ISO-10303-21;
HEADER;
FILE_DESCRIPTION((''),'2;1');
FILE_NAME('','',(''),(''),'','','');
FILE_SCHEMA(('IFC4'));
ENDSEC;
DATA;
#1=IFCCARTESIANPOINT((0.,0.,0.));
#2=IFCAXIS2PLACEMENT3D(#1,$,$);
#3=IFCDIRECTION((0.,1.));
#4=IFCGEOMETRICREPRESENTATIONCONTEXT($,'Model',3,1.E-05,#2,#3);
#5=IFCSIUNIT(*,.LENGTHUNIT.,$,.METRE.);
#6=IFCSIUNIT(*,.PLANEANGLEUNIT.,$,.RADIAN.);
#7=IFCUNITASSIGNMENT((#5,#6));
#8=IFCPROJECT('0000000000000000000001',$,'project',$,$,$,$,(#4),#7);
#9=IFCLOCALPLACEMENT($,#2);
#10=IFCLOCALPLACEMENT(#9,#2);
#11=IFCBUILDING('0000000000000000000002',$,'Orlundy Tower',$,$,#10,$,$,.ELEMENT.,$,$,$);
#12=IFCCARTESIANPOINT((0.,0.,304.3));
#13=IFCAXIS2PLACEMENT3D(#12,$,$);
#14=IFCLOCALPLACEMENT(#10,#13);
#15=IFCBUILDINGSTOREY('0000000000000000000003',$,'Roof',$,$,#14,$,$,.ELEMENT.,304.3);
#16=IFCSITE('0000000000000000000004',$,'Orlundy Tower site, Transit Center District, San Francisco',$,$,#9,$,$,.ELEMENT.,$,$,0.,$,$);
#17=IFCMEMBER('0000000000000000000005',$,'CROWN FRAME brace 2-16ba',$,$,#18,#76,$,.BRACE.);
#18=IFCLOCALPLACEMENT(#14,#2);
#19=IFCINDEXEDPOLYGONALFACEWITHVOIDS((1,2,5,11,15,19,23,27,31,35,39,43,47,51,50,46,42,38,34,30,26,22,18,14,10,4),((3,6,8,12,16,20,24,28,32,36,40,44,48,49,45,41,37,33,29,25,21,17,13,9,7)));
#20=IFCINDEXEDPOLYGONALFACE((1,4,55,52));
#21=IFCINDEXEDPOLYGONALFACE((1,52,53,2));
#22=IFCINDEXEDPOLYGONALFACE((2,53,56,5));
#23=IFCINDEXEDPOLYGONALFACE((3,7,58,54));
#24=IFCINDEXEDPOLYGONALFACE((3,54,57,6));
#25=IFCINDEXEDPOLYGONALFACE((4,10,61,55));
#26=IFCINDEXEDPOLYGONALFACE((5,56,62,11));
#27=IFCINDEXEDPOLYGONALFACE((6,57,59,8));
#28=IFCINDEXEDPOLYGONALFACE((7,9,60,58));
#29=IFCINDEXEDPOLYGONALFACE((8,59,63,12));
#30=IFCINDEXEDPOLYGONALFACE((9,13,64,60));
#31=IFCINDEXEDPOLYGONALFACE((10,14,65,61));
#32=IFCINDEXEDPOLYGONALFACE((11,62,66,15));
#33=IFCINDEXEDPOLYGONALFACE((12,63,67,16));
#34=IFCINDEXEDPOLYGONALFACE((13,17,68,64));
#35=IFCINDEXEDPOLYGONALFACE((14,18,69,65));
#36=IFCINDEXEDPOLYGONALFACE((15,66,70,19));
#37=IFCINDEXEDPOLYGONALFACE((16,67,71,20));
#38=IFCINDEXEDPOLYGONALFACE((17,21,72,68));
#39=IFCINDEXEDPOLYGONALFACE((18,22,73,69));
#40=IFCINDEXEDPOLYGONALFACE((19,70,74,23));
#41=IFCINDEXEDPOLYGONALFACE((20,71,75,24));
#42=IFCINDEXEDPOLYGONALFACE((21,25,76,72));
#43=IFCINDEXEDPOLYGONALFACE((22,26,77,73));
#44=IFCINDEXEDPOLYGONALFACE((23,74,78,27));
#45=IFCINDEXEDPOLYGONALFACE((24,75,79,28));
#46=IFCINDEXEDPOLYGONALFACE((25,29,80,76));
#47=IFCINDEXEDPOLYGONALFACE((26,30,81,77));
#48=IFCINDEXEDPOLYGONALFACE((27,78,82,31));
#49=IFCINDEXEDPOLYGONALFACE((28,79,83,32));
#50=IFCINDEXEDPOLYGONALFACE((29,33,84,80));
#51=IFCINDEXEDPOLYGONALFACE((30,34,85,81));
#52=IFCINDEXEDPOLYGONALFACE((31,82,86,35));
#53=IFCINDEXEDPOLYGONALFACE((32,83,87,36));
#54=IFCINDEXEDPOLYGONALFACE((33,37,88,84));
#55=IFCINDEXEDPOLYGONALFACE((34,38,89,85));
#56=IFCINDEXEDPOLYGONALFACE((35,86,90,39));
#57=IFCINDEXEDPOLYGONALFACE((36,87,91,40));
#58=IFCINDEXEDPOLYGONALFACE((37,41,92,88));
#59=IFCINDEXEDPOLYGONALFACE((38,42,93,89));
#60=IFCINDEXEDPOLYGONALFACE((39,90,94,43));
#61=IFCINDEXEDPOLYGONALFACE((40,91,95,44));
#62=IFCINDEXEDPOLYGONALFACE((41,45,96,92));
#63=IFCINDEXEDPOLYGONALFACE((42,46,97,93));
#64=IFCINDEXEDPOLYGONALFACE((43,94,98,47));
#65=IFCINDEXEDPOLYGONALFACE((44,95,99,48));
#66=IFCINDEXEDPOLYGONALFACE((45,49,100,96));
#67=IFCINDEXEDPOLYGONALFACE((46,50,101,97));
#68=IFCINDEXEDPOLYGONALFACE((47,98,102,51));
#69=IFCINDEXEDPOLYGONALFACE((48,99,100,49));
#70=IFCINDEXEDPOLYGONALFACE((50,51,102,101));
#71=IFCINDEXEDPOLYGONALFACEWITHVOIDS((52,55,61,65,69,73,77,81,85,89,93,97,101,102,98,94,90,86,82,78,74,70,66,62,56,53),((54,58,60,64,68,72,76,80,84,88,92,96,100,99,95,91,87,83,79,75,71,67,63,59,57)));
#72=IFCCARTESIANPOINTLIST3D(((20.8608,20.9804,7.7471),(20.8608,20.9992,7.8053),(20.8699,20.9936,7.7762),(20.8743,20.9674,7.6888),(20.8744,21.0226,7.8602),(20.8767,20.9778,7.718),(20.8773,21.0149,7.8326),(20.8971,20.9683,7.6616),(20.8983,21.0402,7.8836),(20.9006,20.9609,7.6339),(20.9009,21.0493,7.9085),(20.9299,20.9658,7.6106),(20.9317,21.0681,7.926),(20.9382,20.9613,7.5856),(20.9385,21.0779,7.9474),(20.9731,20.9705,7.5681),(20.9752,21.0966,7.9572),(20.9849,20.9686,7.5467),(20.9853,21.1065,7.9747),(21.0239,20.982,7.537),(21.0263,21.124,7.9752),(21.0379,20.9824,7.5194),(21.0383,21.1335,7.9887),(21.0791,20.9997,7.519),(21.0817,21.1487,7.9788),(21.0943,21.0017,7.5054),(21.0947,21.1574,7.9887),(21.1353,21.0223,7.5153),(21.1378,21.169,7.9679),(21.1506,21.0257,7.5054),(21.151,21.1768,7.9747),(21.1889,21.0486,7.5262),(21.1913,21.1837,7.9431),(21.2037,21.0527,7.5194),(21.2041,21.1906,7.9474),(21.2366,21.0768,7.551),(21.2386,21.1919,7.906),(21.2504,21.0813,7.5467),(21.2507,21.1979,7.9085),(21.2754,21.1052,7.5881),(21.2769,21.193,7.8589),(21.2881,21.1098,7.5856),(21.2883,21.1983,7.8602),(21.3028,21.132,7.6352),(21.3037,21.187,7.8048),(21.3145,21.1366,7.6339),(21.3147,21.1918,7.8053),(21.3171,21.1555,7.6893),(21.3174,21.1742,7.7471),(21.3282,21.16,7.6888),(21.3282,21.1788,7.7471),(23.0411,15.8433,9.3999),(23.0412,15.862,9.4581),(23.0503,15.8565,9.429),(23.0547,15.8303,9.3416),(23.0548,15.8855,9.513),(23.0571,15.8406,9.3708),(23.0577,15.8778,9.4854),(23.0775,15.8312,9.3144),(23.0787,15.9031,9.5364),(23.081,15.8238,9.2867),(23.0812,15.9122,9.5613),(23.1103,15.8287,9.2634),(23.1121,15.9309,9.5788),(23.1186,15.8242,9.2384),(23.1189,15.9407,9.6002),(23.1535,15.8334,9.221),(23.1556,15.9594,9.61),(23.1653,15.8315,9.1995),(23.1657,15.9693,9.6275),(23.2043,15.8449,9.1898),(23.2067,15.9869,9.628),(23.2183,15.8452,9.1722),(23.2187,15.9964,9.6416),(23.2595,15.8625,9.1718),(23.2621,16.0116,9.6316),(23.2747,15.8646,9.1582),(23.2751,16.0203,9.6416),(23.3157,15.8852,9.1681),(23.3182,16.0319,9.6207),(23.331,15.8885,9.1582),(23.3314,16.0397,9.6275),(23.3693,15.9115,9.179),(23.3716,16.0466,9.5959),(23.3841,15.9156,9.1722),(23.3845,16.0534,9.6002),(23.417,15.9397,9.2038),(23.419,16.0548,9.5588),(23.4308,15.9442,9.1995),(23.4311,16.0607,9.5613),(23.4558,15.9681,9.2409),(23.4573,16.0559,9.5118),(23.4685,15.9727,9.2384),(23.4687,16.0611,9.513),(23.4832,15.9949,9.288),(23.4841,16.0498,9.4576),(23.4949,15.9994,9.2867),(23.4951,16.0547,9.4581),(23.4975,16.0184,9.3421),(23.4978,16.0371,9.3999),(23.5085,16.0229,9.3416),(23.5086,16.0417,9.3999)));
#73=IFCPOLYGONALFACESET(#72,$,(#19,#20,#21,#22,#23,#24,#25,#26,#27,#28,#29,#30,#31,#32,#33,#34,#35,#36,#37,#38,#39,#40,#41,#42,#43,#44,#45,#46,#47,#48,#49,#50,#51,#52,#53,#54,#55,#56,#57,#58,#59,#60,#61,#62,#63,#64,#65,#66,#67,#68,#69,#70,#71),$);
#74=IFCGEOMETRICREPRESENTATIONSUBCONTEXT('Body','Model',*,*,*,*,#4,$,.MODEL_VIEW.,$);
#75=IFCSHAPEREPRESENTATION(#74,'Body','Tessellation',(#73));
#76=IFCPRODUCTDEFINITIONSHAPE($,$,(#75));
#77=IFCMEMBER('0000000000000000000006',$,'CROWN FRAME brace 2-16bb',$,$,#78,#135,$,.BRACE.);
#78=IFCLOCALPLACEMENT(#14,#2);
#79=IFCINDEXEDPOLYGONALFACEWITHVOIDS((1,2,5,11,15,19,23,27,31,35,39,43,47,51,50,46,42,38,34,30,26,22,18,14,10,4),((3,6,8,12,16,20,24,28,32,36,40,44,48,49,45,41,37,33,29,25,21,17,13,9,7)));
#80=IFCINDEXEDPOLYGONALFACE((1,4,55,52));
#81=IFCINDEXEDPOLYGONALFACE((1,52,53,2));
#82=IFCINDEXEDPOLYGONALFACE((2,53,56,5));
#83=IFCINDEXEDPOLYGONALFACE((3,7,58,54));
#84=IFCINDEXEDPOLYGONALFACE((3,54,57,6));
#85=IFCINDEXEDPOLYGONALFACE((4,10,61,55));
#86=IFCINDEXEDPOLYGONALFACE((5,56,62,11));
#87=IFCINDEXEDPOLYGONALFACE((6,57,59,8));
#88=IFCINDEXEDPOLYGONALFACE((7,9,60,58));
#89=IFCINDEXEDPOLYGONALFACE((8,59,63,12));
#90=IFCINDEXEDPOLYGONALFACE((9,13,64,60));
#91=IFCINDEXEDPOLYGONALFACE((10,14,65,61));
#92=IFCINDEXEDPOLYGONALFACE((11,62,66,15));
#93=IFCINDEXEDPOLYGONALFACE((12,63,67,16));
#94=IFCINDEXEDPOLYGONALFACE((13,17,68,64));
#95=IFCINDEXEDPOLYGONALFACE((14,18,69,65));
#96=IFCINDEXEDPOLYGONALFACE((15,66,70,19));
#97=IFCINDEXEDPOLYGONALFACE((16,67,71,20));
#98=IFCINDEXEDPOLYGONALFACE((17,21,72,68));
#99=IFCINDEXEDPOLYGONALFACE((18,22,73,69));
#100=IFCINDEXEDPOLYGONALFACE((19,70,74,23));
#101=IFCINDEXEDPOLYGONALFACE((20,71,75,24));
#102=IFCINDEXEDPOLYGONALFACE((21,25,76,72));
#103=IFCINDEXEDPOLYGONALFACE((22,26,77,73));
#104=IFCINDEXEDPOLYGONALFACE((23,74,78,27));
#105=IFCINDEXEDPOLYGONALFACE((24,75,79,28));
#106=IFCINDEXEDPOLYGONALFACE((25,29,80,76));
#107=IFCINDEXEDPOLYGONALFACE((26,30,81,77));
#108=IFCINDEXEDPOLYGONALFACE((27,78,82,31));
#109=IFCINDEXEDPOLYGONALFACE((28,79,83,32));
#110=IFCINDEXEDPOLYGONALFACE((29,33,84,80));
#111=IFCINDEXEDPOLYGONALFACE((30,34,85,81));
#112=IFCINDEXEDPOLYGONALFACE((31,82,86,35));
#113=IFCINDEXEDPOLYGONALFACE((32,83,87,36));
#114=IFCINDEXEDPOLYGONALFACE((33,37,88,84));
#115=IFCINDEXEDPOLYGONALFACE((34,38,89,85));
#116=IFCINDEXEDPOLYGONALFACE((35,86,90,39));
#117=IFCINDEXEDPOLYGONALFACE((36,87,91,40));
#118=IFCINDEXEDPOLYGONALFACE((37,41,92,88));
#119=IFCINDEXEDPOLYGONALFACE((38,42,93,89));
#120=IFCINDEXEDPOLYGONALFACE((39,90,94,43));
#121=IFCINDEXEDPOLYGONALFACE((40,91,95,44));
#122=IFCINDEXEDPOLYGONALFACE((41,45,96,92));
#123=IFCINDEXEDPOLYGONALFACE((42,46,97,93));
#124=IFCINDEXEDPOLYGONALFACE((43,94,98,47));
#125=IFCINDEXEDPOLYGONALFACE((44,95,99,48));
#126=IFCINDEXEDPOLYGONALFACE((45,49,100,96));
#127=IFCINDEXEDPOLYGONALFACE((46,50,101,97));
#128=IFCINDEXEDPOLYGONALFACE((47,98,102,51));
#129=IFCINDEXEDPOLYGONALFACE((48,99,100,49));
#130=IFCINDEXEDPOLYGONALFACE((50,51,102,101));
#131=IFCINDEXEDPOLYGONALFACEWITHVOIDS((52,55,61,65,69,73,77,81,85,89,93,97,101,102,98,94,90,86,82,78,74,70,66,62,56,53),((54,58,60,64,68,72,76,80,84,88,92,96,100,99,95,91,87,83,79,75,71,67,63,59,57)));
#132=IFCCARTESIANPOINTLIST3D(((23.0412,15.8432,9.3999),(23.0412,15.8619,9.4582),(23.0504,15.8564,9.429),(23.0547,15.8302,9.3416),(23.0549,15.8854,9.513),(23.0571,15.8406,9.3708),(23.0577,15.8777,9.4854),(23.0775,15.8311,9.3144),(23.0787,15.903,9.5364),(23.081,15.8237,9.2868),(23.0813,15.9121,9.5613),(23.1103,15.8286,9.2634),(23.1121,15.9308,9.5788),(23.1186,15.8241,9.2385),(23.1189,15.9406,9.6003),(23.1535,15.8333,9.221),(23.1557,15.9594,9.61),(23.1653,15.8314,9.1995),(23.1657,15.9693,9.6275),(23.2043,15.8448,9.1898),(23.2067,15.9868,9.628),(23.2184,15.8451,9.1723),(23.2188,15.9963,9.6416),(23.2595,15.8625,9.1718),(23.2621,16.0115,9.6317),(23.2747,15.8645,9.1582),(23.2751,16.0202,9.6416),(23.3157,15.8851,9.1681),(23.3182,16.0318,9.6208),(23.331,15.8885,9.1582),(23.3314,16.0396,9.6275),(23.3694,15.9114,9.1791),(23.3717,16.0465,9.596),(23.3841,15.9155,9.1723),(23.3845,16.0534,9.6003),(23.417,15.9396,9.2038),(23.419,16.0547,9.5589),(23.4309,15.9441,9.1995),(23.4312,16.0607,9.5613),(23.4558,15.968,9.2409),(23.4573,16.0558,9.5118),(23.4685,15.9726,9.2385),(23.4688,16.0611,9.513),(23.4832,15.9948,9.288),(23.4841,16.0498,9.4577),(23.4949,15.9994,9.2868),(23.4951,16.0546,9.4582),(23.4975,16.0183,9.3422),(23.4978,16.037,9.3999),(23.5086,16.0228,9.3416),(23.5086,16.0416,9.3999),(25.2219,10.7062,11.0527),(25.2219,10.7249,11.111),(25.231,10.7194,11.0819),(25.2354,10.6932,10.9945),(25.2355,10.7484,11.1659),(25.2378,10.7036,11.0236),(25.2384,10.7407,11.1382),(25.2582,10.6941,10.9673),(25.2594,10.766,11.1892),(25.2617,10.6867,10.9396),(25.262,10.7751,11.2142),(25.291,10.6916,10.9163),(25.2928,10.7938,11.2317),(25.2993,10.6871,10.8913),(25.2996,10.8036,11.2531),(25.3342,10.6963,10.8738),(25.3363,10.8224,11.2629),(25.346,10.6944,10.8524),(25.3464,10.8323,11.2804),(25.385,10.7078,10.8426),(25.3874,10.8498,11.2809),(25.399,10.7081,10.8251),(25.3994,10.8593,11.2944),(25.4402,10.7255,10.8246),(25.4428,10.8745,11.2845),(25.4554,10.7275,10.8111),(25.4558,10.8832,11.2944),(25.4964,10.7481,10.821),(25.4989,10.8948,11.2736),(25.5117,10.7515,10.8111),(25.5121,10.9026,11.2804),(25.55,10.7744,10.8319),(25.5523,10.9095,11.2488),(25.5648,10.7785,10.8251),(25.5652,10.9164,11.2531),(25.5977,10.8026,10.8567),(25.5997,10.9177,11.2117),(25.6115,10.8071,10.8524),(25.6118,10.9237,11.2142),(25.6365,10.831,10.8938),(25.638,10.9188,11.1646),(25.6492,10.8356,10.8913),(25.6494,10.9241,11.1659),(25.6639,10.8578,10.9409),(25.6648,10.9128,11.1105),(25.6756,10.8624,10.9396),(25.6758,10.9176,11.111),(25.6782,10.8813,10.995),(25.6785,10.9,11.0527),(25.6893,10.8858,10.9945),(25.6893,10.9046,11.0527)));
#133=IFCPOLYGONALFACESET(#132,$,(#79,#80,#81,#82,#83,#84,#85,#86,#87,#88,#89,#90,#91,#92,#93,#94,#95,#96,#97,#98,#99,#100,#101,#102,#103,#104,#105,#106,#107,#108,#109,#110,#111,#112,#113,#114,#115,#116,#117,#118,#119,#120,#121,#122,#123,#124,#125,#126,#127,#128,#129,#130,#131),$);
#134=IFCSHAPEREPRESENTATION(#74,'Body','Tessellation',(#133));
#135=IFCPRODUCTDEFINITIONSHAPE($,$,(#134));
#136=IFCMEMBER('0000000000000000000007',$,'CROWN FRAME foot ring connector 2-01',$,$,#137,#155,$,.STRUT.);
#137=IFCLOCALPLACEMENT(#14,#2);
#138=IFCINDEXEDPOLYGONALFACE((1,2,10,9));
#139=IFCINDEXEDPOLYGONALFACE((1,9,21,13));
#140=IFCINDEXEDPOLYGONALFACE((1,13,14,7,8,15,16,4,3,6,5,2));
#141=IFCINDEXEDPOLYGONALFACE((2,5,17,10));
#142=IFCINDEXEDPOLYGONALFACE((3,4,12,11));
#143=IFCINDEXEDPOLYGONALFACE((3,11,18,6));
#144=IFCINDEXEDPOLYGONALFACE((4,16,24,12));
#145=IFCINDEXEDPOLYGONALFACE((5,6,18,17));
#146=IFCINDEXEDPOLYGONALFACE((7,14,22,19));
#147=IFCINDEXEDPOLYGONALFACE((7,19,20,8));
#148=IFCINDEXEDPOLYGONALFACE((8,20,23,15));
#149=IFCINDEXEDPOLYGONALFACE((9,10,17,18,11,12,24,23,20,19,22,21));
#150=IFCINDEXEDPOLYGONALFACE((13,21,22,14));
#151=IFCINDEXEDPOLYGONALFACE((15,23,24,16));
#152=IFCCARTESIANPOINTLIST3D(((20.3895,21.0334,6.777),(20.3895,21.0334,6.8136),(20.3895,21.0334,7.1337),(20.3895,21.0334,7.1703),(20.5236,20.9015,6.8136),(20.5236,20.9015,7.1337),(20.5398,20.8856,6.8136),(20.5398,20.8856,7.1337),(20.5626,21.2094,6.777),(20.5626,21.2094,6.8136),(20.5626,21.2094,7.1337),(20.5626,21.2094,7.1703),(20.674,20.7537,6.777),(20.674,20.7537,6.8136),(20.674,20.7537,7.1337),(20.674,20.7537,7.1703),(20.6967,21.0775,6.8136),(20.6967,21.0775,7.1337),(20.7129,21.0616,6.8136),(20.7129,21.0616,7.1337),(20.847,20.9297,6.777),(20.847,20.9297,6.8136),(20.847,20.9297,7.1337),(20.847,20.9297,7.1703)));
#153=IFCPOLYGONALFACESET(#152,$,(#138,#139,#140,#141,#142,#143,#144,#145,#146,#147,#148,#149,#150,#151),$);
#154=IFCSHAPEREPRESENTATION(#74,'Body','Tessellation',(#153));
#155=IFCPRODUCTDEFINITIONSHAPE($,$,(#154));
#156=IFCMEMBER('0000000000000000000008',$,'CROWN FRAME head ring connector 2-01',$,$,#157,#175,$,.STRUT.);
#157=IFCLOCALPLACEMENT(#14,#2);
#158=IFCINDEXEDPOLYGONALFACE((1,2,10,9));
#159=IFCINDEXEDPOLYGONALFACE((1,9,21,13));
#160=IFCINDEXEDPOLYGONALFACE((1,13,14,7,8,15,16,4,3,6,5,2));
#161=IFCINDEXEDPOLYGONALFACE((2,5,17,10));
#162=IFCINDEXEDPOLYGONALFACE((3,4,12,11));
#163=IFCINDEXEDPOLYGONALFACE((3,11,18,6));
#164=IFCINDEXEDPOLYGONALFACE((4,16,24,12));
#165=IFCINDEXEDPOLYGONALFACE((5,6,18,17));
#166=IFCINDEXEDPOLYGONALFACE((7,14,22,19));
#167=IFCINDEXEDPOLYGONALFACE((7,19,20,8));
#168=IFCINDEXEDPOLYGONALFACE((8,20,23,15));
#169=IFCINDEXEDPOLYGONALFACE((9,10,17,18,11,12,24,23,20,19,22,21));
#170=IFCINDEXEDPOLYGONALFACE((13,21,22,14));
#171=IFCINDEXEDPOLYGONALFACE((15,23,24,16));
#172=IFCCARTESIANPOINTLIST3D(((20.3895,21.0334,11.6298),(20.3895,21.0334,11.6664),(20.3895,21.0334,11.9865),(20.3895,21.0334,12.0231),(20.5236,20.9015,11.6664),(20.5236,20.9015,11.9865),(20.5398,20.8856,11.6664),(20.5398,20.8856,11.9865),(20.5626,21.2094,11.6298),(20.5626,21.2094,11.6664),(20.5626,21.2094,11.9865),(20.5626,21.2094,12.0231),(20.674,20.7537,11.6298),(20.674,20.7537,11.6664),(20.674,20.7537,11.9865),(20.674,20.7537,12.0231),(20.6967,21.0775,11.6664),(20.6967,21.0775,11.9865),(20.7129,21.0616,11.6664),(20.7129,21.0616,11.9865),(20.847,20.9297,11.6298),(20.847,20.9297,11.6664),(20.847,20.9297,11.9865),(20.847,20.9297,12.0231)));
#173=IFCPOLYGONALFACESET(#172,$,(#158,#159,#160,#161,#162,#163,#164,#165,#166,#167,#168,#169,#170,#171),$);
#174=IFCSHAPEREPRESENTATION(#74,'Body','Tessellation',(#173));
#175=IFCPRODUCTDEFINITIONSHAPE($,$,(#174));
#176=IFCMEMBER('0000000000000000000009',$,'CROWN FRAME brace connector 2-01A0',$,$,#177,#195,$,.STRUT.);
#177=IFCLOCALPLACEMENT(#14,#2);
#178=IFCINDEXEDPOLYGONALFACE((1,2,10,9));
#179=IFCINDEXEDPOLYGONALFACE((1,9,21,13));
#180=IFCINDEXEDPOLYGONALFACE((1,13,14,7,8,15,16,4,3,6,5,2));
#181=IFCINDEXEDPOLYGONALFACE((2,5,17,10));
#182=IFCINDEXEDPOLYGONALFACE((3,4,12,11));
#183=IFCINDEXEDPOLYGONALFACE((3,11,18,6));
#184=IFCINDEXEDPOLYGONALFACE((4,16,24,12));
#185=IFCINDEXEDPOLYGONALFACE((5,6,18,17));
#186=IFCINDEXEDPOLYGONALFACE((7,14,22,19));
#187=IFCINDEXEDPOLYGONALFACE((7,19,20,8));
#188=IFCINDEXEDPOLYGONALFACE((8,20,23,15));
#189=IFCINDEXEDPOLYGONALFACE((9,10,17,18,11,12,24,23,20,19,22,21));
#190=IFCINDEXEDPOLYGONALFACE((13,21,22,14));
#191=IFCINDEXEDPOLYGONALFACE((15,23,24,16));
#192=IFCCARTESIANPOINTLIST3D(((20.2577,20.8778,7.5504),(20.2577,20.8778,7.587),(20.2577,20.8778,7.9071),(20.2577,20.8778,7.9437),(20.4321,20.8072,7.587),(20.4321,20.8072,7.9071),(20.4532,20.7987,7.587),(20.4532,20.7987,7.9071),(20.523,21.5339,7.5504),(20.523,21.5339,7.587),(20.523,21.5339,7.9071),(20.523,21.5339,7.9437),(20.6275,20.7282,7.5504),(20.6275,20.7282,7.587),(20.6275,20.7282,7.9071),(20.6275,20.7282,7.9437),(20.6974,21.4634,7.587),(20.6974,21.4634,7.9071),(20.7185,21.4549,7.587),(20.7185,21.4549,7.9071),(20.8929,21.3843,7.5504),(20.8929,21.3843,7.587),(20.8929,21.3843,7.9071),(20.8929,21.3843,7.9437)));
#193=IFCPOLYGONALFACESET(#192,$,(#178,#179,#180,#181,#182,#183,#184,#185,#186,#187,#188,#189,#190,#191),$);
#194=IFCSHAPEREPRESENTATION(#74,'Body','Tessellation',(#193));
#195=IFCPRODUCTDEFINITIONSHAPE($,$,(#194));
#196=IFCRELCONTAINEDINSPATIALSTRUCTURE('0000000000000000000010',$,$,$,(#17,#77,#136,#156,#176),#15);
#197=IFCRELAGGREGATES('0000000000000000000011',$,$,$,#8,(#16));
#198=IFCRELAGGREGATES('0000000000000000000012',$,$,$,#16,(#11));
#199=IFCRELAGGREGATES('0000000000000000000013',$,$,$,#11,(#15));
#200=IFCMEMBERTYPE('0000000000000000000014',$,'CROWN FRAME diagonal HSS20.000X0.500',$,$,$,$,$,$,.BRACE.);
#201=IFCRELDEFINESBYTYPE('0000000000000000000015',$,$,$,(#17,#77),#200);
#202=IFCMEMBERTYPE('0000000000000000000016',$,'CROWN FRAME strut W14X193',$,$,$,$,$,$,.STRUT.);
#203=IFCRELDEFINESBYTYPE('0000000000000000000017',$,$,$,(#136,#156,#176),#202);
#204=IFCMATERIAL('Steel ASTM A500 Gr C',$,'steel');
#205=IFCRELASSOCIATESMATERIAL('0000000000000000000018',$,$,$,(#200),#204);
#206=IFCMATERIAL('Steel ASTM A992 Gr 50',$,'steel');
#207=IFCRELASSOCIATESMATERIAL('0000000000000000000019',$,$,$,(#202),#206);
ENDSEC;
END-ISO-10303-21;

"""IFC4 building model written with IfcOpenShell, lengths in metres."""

from ifc_helpers import new_model, si_unit, direction, frame, origin, origin_2d, place, context, subcontext, project, spatial, hollow_circle, i_section, extrude, material, material_profile, profile_set, type_object, element, save


model = new_model("IFC4")

# Units and contexts
model_context = context("Model", 3, precision=1e-05, world=origin(), true_north=direction((0.0, 1.0)))
body_context = subcontext(model_context, "Body", "Model", "MODEL_VIEW")
ifc_project = project(units=[si_unit("LENGTHUNIT", "METRE"), si_unit("PLANEANGLEUNIT", "RADIAN")], contexts=[model_context])

# Site, building, storey
site_placement = place(None, origin())
site = spatial("IfcSite", under=ifc_project, at=site_placement, Name="Orlundy Tower site, Transit Center District, San Francisco", CompositionType="ELEMENT", RefElevation=0.0)
building_placement = place(site_placement, origin())
building = spatial("IfcBuilding", under=site, at=building_placement, Name="Orlundy Tower", CompositionType="ELEMENT")
storey_placement = place(building_placement, frame((0.0, 0.0, 304.3)))
storey = spatial("IfcBuildingStorey", under=building, at=storey_placement, Name="Roof", CompositionType="ELEMENT", Elevation=304.3)

# Members
ifc_material_1 = material(Name="Steel ASTM A500 Gr C", Category="steel")
ifc_material_profile_1 = material_profile(ifc_material_1, hollow_circle(Radius=0.2539, WallThickness=0.0117, at=origin_2d()), Name="HSS20.000X0.500")
ifc_profile_set_1 = profile_set([ifc_material_profile_1], Name="Steel ASTM A500 Gr C")
member_type_1 = type_object("IfcMemberType", Name="CROWN FRAME diagonal HSS20.000X0.500", PredefinedType="BRACE", material=ifc_profile_set_1)
for number, where, z_axis, x_axis, name in (
    (1, (21.0945, 21.0796, 7.7471), (0.374617, -0.882622, 0.283973), (0.920517, 0.390702, 0.0), "CROWN FRAME brace 2-16ba"),
    (2, (23.2749, 15.9424, 9.3999), (0.374667, -0.882599, 0.283979), (0.920495, 0.390754, 0.0), "CROWN FRAME brace 2-16bb"),
):
    element("IfcMember", number, at=place(storey_placement, frame(where, z_axis=z_axis, x_axis=x_axis)), inside=storey, type_object=member_type_1, Name=name, PredefinedType="BRACE", context=body_context, shape_type="SweptSolid", body=[
        extrude(hollow_circle(Radius=0.2539, WallThickness=0.0117, at=origin_2d()), origin(), (0.0, 0.0, 1.0), 5.8203),
    ])
ifc_material_2 = material(Name="Steel ASTM A992 Gr 50", Category="steel")
ifc_material_profile_2 = material_profile(ifc_material_2, i_section(OverallWidth=0.3989, OverallDepth=0.3933, WebThickness=0.0227, FlangeThickness=0.0366, at=origin_2d()), Name="W14X193")
ifc_profile_set_2 = profile_set([ifc_material_profile_2], Name="Steel ASTM A992 Gr 50")
member_type_2 = type_object("IfcMemberType", Name="CROWN FRAME strut W14X193", PredefinedType="STRUT", material=ifc_profile_set_2)
for number, where, z_axis, x_axis, name in (
    (3, (20.5317, 20.8936, 6.9736), (0.701148, 0.713015, 0.0), (-0.713015, 0.701148, 0.0), "CROWN FRAME foot ring connector 2-01"),
    (4, (20.5317, 20.8936, 11.8264), (0.701148, 0.713015, 0.0), (-0.713015, 0.701148, 0.0), "CROWN FRAME head ring connector 2-01"),
):
    element("IfcMember", number, at=place(storey_placement, frame(where, z_axis=z_axis, x_axis=x_axis)), inside=storey, type_object=member_type_2, Name=name, PredefinedType="STRUT", context=body_context, shape_type="SweptSolid", body=[
        extrude(i_section(OverallWidth=0.3989, OverallDepth=0.3933, WebThickness=0.0227, FlangeThickness=0.0366, at=origin_2d()), origin(), (0.0, 0.0, 1.0), 0.2468),
    ])
for number, where, z_axis, x_axis, name in (
    (5, (20.4426, 20.803, 7.7471), (0.374896, 0.927067, 0.0), (-0.927067, 0.374896, 0.0), "CROWN FRAME brace connector 2-01A0"),
):
    element("IfcMember", number, at=place(storey_placement, frame(where, z_axis=z_axis, x_axis=x_axis)), inside=storey, type_object=member_type_2, Name=name, PredefinedType="STRUT", context=body_context, shape_type="SweptSolid", body=[
        extrude(i_section(OverallWidth=0.3989, OverallDepth=0.3933, WebThickness=0.0227, FlangeThickness=0.0366, at=origin_2d()), origin(), (0.0, 0.0, 1.0), 0.7078),
    ])

save(model, "model.ifc")
